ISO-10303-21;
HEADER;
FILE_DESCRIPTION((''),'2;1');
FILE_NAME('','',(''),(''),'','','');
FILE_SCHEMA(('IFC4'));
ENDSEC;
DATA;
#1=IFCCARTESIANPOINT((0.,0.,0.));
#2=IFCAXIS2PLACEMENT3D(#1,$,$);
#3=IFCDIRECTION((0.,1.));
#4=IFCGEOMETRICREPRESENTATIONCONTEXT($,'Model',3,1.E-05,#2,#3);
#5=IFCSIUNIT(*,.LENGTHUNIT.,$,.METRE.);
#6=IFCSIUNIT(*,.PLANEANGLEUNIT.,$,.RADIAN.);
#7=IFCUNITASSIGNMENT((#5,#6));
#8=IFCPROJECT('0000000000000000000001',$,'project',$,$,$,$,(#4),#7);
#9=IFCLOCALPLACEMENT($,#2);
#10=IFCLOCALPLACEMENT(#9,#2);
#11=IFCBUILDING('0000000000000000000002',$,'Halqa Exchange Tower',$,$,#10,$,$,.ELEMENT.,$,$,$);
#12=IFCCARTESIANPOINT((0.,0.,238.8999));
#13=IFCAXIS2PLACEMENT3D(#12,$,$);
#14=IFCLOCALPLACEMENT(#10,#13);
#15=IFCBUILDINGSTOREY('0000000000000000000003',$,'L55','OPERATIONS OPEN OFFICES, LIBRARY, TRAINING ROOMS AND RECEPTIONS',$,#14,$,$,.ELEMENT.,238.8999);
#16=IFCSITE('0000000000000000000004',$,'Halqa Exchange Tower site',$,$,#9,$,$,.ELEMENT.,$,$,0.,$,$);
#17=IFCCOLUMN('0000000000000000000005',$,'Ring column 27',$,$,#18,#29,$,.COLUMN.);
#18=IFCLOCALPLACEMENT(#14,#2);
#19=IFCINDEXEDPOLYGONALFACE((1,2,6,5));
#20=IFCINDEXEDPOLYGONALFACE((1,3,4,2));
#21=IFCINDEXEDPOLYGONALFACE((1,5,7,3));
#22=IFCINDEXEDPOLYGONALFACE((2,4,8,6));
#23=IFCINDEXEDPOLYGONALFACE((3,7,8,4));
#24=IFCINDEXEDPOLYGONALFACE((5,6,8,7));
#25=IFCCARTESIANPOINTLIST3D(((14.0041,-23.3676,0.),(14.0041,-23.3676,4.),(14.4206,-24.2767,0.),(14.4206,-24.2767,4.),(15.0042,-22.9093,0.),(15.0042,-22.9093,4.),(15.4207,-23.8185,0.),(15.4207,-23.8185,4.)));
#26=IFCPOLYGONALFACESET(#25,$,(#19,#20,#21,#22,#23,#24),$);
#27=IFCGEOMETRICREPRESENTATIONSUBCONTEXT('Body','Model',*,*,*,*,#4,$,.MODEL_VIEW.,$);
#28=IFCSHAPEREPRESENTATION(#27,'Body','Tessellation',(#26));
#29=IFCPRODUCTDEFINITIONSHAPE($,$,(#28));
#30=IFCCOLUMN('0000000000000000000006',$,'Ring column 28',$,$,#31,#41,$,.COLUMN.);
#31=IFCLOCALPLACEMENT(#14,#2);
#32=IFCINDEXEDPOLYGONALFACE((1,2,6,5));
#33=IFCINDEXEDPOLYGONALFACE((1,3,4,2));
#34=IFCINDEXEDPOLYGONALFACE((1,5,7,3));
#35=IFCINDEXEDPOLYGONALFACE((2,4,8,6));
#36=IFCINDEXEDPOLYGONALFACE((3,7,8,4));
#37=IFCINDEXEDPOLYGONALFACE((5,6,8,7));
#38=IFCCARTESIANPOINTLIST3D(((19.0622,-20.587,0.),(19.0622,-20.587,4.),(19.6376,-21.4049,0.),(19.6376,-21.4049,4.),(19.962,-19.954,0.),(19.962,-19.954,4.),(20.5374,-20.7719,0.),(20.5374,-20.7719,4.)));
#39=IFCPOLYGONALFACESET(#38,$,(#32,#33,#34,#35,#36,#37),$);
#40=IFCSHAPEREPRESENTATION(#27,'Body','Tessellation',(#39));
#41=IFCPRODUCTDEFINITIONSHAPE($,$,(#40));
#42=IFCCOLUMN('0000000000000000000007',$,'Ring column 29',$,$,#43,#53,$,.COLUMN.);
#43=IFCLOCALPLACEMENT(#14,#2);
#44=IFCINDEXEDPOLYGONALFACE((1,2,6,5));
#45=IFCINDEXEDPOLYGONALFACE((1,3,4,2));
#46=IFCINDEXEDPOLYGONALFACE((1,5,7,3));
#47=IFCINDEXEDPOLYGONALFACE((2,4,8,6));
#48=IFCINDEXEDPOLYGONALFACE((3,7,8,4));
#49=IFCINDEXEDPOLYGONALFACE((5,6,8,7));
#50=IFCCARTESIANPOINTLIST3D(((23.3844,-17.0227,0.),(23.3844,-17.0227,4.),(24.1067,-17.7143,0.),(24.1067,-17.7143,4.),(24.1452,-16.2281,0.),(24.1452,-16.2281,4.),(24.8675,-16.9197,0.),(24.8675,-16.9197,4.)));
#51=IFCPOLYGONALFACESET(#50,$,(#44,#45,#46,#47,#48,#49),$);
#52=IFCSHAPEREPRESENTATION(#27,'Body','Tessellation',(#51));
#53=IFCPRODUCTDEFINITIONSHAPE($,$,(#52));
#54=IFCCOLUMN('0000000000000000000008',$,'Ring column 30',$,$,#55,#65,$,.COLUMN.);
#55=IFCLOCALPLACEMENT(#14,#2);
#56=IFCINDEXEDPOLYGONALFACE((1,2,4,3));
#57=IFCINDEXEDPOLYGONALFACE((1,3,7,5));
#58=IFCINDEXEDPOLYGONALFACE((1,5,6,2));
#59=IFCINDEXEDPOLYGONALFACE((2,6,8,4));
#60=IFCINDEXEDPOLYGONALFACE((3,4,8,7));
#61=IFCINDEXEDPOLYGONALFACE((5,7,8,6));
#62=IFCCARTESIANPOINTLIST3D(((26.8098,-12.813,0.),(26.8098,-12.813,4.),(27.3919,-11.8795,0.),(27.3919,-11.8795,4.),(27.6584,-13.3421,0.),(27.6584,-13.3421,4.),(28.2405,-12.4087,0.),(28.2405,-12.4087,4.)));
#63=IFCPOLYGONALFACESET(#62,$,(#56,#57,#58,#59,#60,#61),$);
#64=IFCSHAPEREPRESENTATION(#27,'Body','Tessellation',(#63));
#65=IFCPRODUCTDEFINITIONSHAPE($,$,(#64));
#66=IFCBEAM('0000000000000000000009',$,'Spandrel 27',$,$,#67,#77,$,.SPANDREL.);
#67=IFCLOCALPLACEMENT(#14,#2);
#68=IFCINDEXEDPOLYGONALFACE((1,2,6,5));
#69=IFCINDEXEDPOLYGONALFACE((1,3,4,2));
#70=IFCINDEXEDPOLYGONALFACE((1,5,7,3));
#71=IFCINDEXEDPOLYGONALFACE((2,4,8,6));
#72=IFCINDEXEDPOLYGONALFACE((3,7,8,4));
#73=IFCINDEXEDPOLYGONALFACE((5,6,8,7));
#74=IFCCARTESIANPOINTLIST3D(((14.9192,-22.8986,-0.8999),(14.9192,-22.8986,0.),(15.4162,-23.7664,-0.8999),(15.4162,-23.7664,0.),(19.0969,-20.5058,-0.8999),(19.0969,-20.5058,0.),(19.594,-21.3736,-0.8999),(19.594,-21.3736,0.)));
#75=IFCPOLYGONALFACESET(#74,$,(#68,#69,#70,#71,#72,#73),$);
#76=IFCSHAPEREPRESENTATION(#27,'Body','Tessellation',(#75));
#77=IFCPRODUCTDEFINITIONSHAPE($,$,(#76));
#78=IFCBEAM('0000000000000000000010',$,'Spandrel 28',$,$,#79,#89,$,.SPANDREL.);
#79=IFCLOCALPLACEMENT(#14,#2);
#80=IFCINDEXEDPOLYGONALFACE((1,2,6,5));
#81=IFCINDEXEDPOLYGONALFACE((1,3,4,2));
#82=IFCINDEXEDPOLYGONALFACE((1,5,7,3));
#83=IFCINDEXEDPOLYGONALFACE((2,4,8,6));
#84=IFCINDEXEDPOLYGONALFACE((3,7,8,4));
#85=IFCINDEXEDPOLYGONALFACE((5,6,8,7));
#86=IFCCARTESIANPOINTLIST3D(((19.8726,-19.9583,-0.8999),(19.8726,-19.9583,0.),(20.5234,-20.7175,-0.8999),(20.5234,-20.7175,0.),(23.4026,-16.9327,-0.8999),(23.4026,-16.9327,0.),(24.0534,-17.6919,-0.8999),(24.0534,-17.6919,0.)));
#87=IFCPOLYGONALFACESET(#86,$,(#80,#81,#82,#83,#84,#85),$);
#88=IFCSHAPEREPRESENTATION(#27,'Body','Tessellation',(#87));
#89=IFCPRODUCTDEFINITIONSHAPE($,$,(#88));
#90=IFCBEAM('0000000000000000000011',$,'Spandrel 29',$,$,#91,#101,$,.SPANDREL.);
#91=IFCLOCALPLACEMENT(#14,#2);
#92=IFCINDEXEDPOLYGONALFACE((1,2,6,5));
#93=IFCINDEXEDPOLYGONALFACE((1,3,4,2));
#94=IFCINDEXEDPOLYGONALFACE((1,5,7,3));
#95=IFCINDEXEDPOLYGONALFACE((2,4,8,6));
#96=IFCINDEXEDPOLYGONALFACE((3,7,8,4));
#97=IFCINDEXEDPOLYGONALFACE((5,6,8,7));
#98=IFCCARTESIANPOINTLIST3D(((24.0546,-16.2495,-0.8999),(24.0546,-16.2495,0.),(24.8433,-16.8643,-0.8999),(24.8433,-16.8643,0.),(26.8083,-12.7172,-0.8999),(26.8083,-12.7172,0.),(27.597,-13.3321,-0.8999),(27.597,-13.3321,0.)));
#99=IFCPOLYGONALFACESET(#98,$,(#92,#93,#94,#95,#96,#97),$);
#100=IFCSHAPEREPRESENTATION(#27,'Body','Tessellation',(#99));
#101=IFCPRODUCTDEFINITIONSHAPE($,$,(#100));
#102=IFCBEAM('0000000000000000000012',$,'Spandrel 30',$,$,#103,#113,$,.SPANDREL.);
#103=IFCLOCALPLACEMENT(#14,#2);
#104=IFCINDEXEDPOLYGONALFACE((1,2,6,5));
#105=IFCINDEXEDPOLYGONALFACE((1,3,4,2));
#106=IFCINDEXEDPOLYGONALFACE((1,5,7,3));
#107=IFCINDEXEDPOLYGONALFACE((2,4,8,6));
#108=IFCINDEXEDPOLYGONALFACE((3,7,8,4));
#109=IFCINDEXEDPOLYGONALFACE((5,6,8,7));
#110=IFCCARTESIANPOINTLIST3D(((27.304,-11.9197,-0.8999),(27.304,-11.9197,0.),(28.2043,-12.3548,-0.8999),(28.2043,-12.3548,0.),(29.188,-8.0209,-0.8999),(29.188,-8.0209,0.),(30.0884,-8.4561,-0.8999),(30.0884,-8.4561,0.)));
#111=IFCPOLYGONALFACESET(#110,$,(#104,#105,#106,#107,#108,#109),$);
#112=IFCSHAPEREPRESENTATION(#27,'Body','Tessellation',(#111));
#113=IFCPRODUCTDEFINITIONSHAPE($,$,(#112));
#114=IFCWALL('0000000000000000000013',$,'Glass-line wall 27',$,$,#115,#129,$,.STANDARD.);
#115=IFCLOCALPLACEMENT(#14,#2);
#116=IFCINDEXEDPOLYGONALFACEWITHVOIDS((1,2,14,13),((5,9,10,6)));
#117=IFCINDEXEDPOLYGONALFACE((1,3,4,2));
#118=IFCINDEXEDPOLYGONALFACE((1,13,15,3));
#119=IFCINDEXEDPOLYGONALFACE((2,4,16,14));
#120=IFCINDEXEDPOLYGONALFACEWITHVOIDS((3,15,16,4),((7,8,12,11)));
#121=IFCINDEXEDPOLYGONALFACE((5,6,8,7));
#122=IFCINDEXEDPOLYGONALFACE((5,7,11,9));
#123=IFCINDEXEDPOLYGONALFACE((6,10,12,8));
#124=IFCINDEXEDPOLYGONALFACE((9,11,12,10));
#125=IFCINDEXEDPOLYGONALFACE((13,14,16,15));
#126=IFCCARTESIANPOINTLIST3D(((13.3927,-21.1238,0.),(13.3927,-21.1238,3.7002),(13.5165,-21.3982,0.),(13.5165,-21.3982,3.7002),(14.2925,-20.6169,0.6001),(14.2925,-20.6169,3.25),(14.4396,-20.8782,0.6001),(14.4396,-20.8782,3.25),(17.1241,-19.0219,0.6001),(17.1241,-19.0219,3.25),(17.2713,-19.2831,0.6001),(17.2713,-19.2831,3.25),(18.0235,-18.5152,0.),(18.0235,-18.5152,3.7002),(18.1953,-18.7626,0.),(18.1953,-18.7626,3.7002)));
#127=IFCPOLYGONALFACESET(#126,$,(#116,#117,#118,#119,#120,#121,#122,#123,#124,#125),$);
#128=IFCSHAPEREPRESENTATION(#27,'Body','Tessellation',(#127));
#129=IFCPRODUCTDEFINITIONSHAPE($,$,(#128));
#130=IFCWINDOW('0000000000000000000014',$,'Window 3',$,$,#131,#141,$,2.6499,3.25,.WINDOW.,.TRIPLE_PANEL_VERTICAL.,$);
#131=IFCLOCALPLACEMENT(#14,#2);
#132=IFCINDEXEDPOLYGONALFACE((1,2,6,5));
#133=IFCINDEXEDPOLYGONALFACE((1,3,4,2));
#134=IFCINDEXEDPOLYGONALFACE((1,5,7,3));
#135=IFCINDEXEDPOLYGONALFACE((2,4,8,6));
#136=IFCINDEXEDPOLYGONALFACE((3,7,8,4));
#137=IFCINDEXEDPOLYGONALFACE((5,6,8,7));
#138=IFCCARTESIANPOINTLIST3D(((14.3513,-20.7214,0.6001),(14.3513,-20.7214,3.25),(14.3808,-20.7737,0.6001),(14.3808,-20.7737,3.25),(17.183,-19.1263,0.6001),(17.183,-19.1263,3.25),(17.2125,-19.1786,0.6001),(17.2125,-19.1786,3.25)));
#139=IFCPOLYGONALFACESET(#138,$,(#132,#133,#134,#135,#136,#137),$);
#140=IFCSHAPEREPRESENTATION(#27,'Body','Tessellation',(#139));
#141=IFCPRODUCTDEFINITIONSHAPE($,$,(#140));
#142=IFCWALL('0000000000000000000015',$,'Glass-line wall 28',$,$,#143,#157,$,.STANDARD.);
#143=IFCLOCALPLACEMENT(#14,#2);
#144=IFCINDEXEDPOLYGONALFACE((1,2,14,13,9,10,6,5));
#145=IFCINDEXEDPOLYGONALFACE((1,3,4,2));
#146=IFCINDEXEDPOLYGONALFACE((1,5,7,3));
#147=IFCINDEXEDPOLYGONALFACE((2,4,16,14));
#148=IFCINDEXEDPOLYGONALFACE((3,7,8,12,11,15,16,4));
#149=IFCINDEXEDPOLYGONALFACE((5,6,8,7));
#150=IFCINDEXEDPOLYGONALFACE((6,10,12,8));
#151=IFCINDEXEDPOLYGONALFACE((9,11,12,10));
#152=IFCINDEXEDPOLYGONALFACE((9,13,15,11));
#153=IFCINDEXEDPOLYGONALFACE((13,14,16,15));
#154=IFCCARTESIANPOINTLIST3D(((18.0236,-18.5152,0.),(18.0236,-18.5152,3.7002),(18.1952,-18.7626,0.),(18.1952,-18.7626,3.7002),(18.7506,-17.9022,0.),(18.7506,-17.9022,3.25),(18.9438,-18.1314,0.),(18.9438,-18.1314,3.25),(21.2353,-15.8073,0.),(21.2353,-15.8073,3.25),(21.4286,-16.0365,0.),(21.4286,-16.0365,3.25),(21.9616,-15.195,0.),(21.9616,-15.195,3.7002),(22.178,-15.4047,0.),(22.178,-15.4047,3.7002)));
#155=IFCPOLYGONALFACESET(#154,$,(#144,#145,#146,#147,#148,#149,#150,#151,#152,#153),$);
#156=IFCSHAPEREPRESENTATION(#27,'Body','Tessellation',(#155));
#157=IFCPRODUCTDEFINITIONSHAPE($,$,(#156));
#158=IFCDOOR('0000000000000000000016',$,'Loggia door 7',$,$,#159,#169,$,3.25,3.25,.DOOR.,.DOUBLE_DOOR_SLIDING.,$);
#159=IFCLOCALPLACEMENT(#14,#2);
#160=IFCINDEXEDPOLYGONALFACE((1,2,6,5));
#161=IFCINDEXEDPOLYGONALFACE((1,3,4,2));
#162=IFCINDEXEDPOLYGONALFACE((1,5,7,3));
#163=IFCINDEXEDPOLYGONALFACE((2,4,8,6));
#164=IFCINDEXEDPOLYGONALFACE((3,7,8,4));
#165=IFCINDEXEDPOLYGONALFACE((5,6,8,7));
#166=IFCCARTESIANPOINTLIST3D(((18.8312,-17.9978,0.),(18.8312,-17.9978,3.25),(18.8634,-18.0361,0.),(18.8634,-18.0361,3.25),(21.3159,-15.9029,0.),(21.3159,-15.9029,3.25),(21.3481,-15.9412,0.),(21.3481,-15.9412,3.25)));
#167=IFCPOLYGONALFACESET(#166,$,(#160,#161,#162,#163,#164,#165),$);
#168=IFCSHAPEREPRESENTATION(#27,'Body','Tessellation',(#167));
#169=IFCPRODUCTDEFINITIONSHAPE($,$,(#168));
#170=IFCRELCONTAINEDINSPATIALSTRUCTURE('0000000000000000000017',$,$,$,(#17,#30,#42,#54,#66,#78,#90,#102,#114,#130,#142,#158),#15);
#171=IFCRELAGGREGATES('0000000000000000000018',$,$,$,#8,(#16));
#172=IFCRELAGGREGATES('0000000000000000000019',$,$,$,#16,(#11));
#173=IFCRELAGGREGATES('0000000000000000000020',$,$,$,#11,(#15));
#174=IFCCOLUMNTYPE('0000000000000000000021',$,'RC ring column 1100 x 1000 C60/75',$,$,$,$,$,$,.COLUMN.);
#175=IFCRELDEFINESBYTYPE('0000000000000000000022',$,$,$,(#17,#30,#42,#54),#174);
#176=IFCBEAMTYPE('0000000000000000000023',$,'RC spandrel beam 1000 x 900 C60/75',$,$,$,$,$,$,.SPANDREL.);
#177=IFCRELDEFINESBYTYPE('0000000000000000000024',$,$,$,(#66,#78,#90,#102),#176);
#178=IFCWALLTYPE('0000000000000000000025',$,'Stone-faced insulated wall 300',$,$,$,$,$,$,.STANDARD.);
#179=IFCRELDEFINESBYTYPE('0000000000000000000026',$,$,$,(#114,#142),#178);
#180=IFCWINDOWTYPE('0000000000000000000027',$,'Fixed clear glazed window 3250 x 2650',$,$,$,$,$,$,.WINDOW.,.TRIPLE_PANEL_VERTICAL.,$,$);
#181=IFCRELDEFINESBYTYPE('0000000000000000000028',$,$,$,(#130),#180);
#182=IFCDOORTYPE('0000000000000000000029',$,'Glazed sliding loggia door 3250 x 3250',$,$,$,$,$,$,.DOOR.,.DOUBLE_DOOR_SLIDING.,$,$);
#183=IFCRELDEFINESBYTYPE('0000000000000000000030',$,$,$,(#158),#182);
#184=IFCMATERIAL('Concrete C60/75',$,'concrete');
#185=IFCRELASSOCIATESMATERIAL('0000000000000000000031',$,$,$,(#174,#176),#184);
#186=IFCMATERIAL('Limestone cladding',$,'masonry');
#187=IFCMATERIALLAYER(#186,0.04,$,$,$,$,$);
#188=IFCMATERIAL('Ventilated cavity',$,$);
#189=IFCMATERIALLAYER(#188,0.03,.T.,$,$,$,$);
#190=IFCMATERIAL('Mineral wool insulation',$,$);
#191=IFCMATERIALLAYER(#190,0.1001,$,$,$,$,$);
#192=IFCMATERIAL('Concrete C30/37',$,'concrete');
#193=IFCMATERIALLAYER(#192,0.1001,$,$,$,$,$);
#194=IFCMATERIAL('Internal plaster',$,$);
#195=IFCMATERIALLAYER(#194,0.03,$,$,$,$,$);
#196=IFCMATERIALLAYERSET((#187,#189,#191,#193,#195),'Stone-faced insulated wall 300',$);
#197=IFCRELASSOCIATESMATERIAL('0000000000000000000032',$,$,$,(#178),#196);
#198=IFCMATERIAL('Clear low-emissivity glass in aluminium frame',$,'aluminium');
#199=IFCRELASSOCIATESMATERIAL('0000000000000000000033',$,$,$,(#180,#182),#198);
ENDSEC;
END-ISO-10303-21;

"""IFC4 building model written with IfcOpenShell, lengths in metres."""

from ifc_helpers import new_model, si_unit, direction, frame, frame_2d, origin, origin_2d, place, context, subcontext, project, spatial, polyline, rectangle, outline, extrude, material, layer, layer_set, material_profile, profile_set, type_object, element, fill, save


model = new_model("IFC4")

# Units and contexts
model_context = context("Model", 3, precision=1e-05, world=origin(), true_north=direction((0.0, 1.0)))
body_context = subcontext(model_context, "Body", "Model", "MODEL_VIEW")
ifc_project = project(units=[si_unit("LENGTHUNIT", "METRE"), si_unit("PLANEANGLEUNIT", "RADIAN")], contexts=[model_context])

# Site, building, storey
site_placement = place(None, origin())
site = spatial("IfcSite", under=ifc_project, at=site_placement, Name="Halqa Exchange Tower site", CompositionType="ELEMENT", RefElevation=0.0)
building_placement = place(site_placement, origin())
building = spatial("IfcBuilding", under=site, at=building_placement, Name="Halqa Exchange Tower", CompositionType="ELEMENT")
storey_placement = place(building_placement, frame((0.0, 0.0, 238.8999)))
storey = spatial("IfcBuildingStorey", under=building, at=storey_placement, Name="L55", Description="OPERATIONS OPEN OFFICES, LIBRARY, TRAINING ROOMS AND RECEPTIONS", CompositionType="ELEMENT", Elevation=238.8999)

# Columns
ifc_material_1 = material(Name="Concrete C60/75", Category="concrete")
ifc_material_profile_1 = material_profile(ifc_material_1, rectangle(XDim=1.1001, YDim=1.0, at=origin_2d()), Name="1100 x 1000")
ifc_profile_set_1 = profile_set([ifc_material_profile_1], Name="Concrete C60/75")
column_type = type_object("IfcColumnType", Name="RC ring column 1100 x 1000 C60/75", PredefinedType="COLUMN", material=ifc_profile_set_1)
for number, where, z_axis, x_axis, name in (
    (1, (14.7124, -23.593, 0.0), (0.0, 0.0, 1.0), (0.909126, 0.416522, 0.0), "Ring column 27"),
    (2, (19.7998, -20.6794, 0.0), (0.0, 0.0, 1.0), (0.817905, 0.575354, 0.0), "Ring column 28"),
    (3, (24.126, -16.9712, 0.0), (0.0, 0.0, 1.0), (0.691579, 0.722301, 0.0), "Ring column 29"),
    (4, (27.5251, -12.6108, 0.0), (0.0, 0.0, 1.0), (0.529148, 0.84853, 0.0), "Ring column 30"),
):
    element("IfcColumn", number, at=place(storey_placement, frame(where, z_axis=z_axis, x_axis=x_axis)), inside=storey, type_object=column_type, Name=name, PredefinedType="COLUMN", context=body_context, shape_type="SweptSolid", body=[
        extrude(rectangle(XDim=1.1001, YDim=1.0, at=origin_2d()), origin(), (0.0, 0.0, 1.0), 4.0),
    ])

# Beams
ifc_material_profile_2 = material_profile(ifc_material_1, rectangle(XDim=1.0, YDim=0.8999, at=origin_2d()), Name="1000 x 900")
ifc_profile_set_2 = profile_set([ifc_material_profile_2], Name="Concrete C60/75")
beam_type = type_object("IfcBeamType", Name="RC spandrel beam 1000 x 900 C60/75", PredefinedType="SPANDREL", material=ifc_profile_set_2)
beam_1_placement = place(storey_placement, frame((15.1677, -23.3325, -0.45), z_axis=(0.867747, 0.497007, 0.0), x_axis=(-0.497007, 0.867747, 0.0)))
element("IfcBeam", 5, at=beam_1_placement, inside=storey, type_object=beam_type, Name="Spandrel 27", PredefinedType="SPANDREL", context=body_context, shape_type="SweptSolid", body=[
    extrude(rectangle(XDim=1.0, YDim=0.8999, at=origin_2d()), origin(), (0.0, 0.0, 1.0), 4.8145),
])
beam_2_placement = place(storey_placement, frame((20.198, -20.3379, -0.45), z_axis=(0.759268, 0.650778, 0.0), x_axis=(-0.650778, 0.759268, 0.0)))
element("IfcBeam", 6, at=beam_2_placement, inside=storey, type_object=beam_type, Name="Spandrel 28", PredefinedType="SPANDREL", context=body_context, shape_type="SweptSolid", body=[
    extrude(rectangle(XDim=1.0, YDim=0.8999, at=origin_2d()), origin(), (0.0, 0.0, 1.0), 4.6492),
])
beam_3_placement = place(storey_placement, frame((24.449, -16.5569, -0.45), z_axis=(0.614827, 0.788662, 0.0), x_axis=(-0.788662, 0.614827, 0.0)))
element("IfcBeam", 7, at=beam_3_placement, inside=storey, type_object=beam_type, Name="Spandrel 29", PredefinedType="SPANDREL", context=body_context, shape_type="SweptSolid", body=[
    extrude(rectangle(XDim=1.0, YDim=0.8999, at=origin_2d()), origin(), (0.0, 0.0, 1.0), 4.4788),
])
beam_4_placement = place(storey_placement, frame((27.7542, -12.1372, -0.45), z_axis=(0.435107, 0.900379, 0.0), x_axis=(-0.900379, 0.435107, 0.0)))
element("IfcBeam", 8, at=beam_4_placement, inside=storey, type_object=beam_type, Name="Spandrel 30", PredefinedType="SPANDREL", context=body_context, shape_type="SweptSolid", body=[
    extrude(rectangle(XDim=1.0, YDim=0.8999, at=origin_2d()), origin(), (0.0, 0.0, 1.0), 4.3301),
])

# Wall, opening, window
ifc_material_2 = material(Name="Limestone cladding", Category="masonry")
ifc_layer_1 = layer(ifc_material_2, 0.04)
ifc_material_3 = material(Name="Ventilated cavity")
ifc_layer_2 = layer(ifc_material_3, 0.03, ventilated=True)
ifc_material_4 = material(Name="Mineral wool insulation")
ifc_layer_3 = layer(ifc_material_4, 0.1001)
ifc_material_5 = material(Name="Concrete C30/37", Category="concrete")
ifc_layer_4 = layer(ifc_material_5, 0.1001)
ifc_material_6 = material(Name="Internal plaster")
ifc_layer_5 = layer(ifc_material_6, 0.03)
ifc_layer_set_1 = layer_set([ifc_layer_1, ifc_layer_2, ifc_layer_3, ifc_layer_4, ifc_layer_5], Name="Stone-faced insulated wall 300")
wall_type_1 = type_object("IfcWallType", Name="Stone-faced insulated wall 300", PredefinedType="STANDARD", material=ifc_layer_set_1)
wall_1_placement = place(storey_placement, frame((13.4546, -21.261, 0.0), z_axis=(0.0, 0.0, 1.0), x_axis=(0.871275, 0.490795, 0.0)))
wall_1 = element("IfcWall", 9, at=wall_1_placement, inside=storey, type_object=wall_type_1, Name="Glass-line wall 27", PredefinedType="STANDARD", context=body_context, shape_type="SweptSolid", body=[
    extrude(outline(polyline([(-0.0134, -0.1499), (5.3567, -0.1499), (5.3284, 0.1499), (0.0134, 0.1499), (-0.0134, -0.1499)])), origin(), (0.0, 0.0, 1.0), 3.7002),
])
opening_1_placement = place(wall_1_placement, frame((1.0461, 0.0, 0.6001)))
opening_1 = element("IfcOpeningElement", 10, at=opening_1_placement, cuts=wall_1, PredefinedType="OPENING", context=body_context, shape_type="SweptSolid", body=[
    extrude(rectangle(XDim=3.25, YDim=2.6499, at=frame_2d((1.625, 1.325))), frame((0.0, 0.1621, 0.0), z_axis=(0.0, -1.0, 0.0), x_axis=(1.0, 0.0, 0.0)), (0.0, 0.0, 1.0), 0.324),
])
ifc_material_7 = material(Name="Clear low-emissivity glass in aluminium frame", Category="aluminium")
window_type = type_object("IfcWindowType", Name="Fixed clear glazed window 3250 x 2650", PartitioningType="TRIPLE_PANEL_VERTICAL", PredefinedType="WINDOW", material=ifc_material_7)
window_1_placement = place(opening_1_placement, origin())
window_1 = element("IfcWindow", 11, at=window_1_placement, inside=storey, type_object=window_type, Name="Window 3", OverallHeight=2.6499, OverallWidth=3.25, PartitioningType="TRIPLE_PANEL_VERTICAL", PredefinedType="WINDOW", context=body_context, shape_type="SweptSolid", body=[
    extrude(rectangle(XDim=3.25, YDim=2.6499, at=frame_2d((1.625, 1.325))), frame((0.0, 0.03, 0.0), z_axis=(0.0, -1.0, 0.0), x_axis=(1.0, 0.0, 0.0)), (0.0, 0.0, 1.0), 0.0601),
])
fill(opening_1, window_1)

# Wall, opening, door
wall_2_placement = place(storey_placement, frame((18.1094, -18.6389, 0.0), z_axis=(0.0, 0.0, 1.0), x_axis=(0.764531, 0.644587, 0.0)))
wall_2 = element("IfcWall", 12, at=wall_2_placement, inside=storey, type_object=wall_type_1, Name="Glass-line wall 28", PredefinedType="STANDARD", context=body_context, shape_type="SweptSolid", body=[
    extrude(outline(polyline([(-0.0142, -0.1499), (5.1953, -0.1499), (5.165, 0.1499), (0.0142, 0.1499), (-0.0142, -0.1499)])), origin(), (0.0, 0.0, 1.0), 3.7002),
])
opening_2_placement = place(wall_2_placement, frame((0.9651, 0.0, 0.0)))
opening_2 = element("IfcOpeningElement", 13, at=opening_2_placement, cuts=wall_2, PredefinedType="OPENING", context=body_context, shape_type="SweptSolid", body=[
    extrude(rectangle(XDim=3.25, YDim=3.25, at=frame_2d((1.625, 1.625))), frame((0.0, 0.1621, 0.0), z_axis=(0.0, -1.0, 0.0), x_axis=(1.0, 0.0, 0.0)), (0.0, 0.0, 1.0), 0.324),
])
door_type_1 = type_object("IfcDoorType", Name="Glazed sliding loggia door 3250 x 3250", OperationType="DOUBLE_DOOR_SLIDING", PredefinedType="DOOR", material=ifc_material_7)
door_1_placement = place(opening_2_placement, origin())
door_1 = element("IfcDoor", 14, at=door_1_placement, inside=storey, type_object=door_type_1, Name="Loggia door 7", OperationType="DOUBLE_DOOR_SLIDING", OverallHeight=3.25, OverallWidth=3.25, PredefinedType="DOOR", context=body_context, shape_type="SweptSolid", body=[
    extrude(rectangle(XDim=3.25, YDim=3.25, at=frame_2d((1.625, 1.625))), frame((0.0, 0.0249, 0.0), z_axis=(0.0, -1.0, 0.0), x_axis=(1.0, 0.0, 0.0)), (0.0, 0.0, 1.0), 0.05),
])
fill(opening_2, door_1)

save(model, "model.ifc")
